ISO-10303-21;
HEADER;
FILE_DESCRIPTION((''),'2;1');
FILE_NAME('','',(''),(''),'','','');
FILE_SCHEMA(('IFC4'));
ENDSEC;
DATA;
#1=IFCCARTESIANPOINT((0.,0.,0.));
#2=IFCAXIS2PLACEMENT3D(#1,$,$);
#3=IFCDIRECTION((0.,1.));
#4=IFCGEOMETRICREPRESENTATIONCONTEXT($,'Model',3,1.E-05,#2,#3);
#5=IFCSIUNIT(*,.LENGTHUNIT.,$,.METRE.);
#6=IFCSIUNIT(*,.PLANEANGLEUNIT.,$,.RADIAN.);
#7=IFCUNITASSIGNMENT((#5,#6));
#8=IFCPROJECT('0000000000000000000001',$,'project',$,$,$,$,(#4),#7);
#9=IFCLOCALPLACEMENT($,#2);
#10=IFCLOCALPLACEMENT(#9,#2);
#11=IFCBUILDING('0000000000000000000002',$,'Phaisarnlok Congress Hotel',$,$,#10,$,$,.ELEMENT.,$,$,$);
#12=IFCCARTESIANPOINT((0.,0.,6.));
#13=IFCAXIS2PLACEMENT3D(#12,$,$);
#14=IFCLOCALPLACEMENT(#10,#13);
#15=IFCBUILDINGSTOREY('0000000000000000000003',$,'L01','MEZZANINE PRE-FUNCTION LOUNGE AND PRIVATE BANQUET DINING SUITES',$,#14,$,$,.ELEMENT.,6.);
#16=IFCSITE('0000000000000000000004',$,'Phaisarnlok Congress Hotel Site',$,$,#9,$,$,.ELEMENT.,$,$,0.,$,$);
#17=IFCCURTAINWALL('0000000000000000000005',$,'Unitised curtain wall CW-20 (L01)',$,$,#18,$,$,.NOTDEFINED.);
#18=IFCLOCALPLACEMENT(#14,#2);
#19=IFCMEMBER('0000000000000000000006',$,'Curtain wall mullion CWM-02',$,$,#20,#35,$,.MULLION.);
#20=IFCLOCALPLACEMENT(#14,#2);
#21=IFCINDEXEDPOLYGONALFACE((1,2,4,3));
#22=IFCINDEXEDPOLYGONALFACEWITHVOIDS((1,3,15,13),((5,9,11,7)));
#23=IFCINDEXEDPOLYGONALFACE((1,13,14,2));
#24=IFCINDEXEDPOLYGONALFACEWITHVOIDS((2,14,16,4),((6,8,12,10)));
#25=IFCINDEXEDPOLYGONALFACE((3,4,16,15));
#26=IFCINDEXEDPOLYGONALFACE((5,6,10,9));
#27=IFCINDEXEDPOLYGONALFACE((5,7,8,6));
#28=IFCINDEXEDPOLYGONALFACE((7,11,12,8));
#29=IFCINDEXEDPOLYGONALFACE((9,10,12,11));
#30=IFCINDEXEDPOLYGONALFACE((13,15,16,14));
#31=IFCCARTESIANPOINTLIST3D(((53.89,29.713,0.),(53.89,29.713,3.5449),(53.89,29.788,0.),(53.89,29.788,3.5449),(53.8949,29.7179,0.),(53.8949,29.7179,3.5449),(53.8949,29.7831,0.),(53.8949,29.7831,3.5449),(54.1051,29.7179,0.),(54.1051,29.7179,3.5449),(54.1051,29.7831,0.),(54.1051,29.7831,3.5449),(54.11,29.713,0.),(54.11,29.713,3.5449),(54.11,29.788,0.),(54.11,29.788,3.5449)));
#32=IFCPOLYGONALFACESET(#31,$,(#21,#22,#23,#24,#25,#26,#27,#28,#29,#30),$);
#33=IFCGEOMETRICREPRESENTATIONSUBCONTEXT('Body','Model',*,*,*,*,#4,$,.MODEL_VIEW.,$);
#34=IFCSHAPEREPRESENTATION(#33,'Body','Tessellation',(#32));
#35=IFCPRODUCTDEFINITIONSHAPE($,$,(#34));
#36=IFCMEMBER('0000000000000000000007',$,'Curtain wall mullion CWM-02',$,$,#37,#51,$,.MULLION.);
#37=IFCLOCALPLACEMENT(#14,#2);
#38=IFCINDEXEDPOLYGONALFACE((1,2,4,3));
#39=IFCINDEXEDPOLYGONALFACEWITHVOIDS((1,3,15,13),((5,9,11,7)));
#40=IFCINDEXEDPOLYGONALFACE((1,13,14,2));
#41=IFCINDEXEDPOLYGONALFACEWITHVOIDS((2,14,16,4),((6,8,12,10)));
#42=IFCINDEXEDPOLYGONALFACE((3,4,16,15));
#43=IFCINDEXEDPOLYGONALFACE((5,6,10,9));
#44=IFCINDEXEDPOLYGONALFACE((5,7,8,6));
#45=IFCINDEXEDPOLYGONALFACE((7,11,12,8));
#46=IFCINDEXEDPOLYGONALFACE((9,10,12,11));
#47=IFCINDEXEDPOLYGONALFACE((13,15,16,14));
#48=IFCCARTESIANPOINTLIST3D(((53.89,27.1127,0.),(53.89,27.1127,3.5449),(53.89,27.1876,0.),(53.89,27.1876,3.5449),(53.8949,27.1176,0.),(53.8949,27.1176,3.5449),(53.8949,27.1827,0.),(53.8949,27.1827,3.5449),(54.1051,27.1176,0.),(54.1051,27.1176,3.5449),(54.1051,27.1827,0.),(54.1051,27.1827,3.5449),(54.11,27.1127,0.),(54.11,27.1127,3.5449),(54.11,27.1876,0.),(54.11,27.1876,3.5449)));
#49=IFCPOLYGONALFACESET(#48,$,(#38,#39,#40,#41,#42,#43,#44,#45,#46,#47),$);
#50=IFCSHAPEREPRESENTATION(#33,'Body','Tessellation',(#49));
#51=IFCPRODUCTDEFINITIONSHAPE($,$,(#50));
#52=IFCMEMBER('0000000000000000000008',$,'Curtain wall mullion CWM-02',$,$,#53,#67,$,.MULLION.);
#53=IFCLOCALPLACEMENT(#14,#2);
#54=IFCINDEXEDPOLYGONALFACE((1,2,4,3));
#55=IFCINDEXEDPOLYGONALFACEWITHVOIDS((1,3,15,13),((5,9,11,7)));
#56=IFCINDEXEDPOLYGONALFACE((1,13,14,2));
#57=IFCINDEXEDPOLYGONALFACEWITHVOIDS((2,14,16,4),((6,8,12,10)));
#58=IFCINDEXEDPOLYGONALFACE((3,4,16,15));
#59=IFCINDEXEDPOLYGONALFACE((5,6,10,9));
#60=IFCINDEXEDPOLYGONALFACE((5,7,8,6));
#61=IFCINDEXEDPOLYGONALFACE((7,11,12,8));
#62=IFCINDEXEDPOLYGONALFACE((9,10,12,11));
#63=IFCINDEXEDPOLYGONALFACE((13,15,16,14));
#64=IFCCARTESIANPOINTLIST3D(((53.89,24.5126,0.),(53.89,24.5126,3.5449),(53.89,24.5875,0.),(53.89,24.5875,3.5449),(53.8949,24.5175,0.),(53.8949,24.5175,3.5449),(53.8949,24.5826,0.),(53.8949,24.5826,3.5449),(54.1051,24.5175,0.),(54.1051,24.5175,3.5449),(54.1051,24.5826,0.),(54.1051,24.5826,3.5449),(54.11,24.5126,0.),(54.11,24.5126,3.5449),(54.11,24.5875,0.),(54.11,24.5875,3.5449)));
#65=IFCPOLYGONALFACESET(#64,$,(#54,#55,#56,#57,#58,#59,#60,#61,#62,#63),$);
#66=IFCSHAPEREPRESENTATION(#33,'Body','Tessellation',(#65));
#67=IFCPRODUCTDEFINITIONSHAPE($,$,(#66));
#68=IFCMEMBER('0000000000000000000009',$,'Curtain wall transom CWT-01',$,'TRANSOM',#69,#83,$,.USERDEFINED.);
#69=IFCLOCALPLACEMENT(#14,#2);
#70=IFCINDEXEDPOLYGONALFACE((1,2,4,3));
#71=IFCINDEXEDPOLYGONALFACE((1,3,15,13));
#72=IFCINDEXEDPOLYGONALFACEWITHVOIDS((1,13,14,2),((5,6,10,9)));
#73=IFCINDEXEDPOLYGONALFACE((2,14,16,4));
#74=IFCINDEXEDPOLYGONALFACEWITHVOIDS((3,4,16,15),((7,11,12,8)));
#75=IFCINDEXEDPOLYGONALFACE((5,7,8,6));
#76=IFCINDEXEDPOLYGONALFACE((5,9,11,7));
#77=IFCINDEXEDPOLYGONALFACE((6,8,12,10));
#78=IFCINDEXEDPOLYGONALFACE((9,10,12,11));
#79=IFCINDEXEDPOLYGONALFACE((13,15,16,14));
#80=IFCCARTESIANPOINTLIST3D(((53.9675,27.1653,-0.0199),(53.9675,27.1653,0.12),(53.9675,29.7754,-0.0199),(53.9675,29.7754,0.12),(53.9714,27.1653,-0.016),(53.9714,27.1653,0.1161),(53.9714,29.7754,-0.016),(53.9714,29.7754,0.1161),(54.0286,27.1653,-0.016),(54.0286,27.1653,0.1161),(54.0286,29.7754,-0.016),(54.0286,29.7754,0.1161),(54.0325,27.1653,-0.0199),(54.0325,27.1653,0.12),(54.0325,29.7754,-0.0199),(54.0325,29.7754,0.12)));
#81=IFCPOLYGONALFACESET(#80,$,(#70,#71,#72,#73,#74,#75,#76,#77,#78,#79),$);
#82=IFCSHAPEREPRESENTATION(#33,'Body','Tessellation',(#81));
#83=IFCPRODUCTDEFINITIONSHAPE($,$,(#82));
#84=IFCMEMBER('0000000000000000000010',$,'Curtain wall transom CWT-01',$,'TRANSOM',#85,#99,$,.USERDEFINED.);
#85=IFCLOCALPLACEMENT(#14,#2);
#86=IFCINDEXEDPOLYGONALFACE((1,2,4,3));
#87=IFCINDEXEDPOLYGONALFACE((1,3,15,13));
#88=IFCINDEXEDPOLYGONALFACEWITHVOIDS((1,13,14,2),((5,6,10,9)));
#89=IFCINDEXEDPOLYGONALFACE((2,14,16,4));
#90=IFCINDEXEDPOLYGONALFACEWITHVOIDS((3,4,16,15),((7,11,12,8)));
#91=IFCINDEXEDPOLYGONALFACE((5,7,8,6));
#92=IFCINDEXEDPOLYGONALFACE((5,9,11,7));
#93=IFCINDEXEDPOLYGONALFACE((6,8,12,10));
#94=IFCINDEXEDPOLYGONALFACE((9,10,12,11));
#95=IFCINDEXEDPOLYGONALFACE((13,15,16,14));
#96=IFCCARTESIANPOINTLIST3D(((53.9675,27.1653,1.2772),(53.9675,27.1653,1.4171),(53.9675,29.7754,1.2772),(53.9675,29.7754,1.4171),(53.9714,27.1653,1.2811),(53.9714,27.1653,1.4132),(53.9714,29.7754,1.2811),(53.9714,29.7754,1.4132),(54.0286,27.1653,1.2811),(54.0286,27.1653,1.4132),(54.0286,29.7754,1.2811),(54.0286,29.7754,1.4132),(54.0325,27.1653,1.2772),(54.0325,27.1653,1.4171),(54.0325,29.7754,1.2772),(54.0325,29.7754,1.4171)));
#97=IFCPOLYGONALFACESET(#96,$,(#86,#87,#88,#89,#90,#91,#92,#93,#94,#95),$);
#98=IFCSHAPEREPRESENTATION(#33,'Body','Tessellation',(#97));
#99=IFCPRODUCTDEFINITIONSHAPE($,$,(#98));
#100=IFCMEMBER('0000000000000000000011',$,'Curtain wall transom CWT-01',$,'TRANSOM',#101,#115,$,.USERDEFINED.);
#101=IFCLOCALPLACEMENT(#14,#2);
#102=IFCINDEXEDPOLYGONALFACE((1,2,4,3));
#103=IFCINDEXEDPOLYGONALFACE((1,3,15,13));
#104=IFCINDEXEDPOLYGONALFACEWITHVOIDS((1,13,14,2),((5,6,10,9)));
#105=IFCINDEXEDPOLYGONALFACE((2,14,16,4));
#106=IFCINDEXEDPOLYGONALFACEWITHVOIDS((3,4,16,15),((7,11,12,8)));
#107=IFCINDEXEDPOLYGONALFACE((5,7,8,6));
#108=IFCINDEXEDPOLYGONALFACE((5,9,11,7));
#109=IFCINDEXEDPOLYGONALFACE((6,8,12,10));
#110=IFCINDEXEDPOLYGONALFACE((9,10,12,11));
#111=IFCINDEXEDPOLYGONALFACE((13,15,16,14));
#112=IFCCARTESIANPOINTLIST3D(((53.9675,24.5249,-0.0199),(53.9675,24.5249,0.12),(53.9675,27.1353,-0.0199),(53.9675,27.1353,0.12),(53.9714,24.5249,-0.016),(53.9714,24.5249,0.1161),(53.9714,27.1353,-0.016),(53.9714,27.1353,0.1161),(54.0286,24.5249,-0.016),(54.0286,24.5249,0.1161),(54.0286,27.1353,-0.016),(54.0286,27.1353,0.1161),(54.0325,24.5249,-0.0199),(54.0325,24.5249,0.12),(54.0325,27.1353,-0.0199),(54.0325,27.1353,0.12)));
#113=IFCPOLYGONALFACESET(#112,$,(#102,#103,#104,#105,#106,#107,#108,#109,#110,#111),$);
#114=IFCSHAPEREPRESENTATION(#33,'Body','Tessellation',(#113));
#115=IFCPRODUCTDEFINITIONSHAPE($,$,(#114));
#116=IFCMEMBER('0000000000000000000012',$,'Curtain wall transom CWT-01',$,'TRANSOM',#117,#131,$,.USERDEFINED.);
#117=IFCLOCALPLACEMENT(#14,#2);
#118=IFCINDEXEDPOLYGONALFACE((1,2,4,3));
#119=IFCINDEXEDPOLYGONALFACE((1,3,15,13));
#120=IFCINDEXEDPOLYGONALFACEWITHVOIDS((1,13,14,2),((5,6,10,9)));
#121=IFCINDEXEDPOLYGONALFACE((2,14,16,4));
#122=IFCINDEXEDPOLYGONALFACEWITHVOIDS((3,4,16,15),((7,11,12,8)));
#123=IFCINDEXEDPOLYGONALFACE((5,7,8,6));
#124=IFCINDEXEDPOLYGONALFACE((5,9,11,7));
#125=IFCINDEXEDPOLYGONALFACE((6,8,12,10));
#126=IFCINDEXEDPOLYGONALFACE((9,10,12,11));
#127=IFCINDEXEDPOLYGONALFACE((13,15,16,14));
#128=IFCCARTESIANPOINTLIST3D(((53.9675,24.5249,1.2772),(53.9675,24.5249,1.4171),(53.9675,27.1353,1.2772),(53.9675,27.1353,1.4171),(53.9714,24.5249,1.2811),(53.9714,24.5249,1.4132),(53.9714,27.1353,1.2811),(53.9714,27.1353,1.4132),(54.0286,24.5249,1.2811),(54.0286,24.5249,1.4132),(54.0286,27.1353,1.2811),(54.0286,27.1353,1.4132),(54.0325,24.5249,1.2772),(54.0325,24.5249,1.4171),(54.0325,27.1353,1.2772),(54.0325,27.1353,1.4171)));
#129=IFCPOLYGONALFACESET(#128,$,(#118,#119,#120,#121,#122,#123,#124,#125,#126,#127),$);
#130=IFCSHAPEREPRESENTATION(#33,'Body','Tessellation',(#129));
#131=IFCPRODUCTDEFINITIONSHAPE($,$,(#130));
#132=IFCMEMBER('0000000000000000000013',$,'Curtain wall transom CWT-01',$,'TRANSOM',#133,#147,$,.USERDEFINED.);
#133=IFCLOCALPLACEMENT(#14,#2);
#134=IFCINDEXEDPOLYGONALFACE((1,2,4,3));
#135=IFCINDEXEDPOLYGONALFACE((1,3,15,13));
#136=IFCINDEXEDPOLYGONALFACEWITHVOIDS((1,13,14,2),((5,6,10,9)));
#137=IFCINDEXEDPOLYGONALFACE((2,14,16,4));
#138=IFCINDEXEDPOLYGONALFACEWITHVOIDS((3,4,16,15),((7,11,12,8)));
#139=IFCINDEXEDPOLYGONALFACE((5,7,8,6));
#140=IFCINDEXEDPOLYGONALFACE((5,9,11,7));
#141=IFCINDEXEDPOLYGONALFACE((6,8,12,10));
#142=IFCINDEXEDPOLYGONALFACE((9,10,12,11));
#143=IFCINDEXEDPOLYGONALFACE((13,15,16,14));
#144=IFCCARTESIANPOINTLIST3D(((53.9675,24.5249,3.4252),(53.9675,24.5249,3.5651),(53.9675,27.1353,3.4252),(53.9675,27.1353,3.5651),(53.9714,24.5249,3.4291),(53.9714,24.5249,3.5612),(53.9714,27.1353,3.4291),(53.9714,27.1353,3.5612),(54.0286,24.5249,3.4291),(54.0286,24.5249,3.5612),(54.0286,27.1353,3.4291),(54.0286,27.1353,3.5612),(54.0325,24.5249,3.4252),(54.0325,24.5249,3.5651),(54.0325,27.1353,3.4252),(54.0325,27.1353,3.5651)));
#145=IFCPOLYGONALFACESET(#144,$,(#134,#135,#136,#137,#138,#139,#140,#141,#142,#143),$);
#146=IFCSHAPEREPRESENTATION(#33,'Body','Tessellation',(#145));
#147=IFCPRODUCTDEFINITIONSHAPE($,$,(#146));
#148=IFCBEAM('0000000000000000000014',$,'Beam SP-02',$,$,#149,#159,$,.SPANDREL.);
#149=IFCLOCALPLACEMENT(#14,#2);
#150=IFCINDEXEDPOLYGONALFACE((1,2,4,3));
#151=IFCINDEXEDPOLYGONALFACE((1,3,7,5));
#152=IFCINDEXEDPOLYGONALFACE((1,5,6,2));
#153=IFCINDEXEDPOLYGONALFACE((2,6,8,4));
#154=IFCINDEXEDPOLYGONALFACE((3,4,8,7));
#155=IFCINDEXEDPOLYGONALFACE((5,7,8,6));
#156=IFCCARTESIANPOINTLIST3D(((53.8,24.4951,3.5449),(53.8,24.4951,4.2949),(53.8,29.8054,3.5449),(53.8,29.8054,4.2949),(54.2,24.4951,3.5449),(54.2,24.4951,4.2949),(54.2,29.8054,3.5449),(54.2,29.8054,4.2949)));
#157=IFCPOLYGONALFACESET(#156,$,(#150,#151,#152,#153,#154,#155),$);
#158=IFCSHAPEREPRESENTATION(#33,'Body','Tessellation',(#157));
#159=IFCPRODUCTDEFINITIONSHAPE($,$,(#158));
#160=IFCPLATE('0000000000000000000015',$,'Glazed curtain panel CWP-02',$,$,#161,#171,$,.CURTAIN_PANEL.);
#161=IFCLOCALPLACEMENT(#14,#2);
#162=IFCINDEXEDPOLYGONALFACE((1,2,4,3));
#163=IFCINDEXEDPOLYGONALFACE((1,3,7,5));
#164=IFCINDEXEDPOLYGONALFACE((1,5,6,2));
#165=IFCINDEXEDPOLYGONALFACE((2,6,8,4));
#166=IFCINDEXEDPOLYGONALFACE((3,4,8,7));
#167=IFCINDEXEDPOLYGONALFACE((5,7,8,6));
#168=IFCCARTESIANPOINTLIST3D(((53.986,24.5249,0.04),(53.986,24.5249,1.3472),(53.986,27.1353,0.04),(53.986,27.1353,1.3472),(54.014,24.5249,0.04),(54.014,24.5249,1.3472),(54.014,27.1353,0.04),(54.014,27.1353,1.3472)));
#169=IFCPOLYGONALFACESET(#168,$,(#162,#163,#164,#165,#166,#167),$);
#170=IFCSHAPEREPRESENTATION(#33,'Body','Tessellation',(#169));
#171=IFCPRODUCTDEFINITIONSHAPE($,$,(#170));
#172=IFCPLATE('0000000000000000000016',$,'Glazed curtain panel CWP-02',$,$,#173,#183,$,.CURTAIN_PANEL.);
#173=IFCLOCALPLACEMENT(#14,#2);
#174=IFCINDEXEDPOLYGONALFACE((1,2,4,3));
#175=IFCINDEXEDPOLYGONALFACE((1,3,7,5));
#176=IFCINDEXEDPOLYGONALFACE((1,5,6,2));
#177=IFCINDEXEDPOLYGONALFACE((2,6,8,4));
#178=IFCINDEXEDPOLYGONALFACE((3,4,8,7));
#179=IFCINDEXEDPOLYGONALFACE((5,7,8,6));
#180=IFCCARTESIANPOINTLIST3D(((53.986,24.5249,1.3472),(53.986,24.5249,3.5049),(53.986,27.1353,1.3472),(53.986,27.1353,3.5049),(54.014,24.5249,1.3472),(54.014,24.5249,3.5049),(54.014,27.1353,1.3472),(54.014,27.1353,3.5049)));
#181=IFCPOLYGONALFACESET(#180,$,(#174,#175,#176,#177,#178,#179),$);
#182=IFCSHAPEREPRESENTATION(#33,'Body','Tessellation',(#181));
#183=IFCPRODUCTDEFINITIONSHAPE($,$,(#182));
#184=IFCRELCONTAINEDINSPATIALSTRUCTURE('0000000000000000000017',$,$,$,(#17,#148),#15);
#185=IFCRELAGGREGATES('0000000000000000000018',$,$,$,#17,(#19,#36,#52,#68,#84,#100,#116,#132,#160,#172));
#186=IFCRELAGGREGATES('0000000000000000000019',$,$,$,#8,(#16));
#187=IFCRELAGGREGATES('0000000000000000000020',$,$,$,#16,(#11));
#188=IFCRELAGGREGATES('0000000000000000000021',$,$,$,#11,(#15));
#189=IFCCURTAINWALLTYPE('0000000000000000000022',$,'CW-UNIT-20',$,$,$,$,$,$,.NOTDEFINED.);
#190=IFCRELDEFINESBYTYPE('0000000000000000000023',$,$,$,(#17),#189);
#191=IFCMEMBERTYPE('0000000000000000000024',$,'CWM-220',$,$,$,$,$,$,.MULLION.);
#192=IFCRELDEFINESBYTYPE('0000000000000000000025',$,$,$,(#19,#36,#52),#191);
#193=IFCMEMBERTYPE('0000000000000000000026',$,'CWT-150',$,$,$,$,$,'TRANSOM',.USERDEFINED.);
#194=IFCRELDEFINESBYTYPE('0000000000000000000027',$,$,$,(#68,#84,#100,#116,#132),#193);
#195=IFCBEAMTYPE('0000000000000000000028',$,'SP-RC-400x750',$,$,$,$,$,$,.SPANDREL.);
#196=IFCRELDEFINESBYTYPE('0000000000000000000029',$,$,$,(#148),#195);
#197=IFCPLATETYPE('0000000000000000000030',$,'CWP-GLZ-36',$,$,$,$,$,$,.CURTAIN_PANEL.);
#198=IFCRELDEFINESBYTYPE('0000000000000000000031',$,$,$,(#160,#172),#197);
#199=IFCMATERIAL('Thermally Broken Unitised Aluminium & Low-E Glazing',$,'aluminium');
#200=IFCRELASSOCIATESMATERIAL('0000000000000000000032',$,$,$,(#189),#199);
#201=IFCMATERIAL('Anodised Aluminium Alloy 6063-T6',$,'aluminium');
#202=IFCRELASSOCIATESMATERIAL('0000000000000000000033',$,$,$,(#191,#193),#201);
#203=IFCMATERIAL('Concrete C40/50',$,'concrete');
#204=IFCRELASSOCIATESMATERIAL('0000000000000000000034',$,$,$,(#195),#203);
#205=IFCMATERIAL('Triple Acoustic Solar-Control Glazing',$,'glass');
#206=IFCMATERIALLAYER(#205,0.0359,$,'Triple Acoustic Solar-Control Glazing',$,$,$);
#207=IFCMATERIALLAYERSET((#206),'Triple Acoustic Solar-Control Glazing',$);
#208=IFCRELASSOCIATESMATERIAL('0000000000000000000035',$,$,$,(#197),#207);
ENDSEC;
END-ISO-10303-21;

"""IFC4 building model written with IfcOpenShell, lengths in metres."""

from ifc_helpers import new_model, si_unit, direction, frame, frame_2d, origin, origin_2d, place, context, subcontext, project, spatial, rectangle, hollow_rectangle, extrude, material, layer, layer_set, material_profile, profile_set, type_object, element, aggregate, save


model = new_model("IFC4")

# Units and contexts
model_context = context("Model", 3, precision=1e-05, world=origin(), true_north=direction((0.0, 1.0)))
body_context = subcontext(model_context, "Body", "Model", "MODEL_VIEW")
ifc_project = project(units=[si_unit("LENGTHUNIT", "METRE"), si_unit("PLANEANGLEUNIT", "RADIAN")], contexts=[model_context])

# Site, building, storey
site_placement = place(None, origin())
site = spatial("IfcSite", under=ifc_project, at=site_placement, Name="Phaisarnlok Congress Hotel Site", CompositionType="ELEMENT", RefElevation=0.0)
building_placement = place(site_placement, origin())
building = spatial("IfcBuilding", under=site, at=building_placement, Name="Phaisarnlok Congress Hotel", CompositionType="ELEMENT")
storey_placement = place(building_placement, frame((0.0, 0.0, 6.0)))
storey = spatial("IfcBuildingStorey", under=building, at=storey_placement, Name="L01", Description="MEZZANINE PRE-FUNCTION LOUNGE AND PRIVATE BANQUET DINING SUITES", CompositionType="ELEMENT", Elevation=6.0)

# Curtain wall, members
ifc_material_1 = material(Name="Thermally Broken Unitised Aluminium & Low-E Glazing", Category="aluminium")
curtain_wall_type = type_object("IfcCurtainWallType", Name="CW-UNIT-20", PredefinedType="NOTDEFINED", material=ifc_material_1)
curtain_wall_placement = place(storey_placement, origin())
curtain_wall = element("IfcCurtainWall", 1, at=curtain_wall_placement, inside=storey, type_object=curtain_wall_type, Name="Unitised curtain wall CW-20 (L01)", PredefinedType="NOTDEFINED")
ifc_material_2 = material(Name="Anodised Aluminium Alloy 6063-T6", Category="aluminium")
ifc_material_profile_1 = material_profile(ifc_material_2, hollow_rectangle(XDim=0.075, YDim=0.22, WallThickness=0.0049, at=origin_2d()), Name="ALU-M 75x220x5")
ifc_profile_set_1 = profile_set([ifc_material_profile_1], Name="Anodised Aluminium Alloy 6063-T6")
member_type_1 = type_object("IfcMemberType", Name="CWM-220", PredefinedType="MULLION", material=ifc_profile_set_1)
member_1_placement = place(storey_placement, frame((54.0, 29.7505, 0.0), z_axis=(0.0, 0.0, 1.0), x_axis=(0.0, -1.0, 0.0)))
member_1 = element("IfcMember", 2, at=member_1_placement, type_object=member_type_1, Name="Curtain wall mullion CWM-02", PredefinedType="MULLION", context=body_context, shape_type="SweptSolid", body=[
    extrude(hollow_rectangle(XDim=0.075, YDim=0.22, WallThickness=0.0049, at=origin_2d()), origin(), (0.0, 0.0, 1.0), 3.5449),
])
member_2_placement = place(storey_placement, frame((54.0, 27.1501, 0.0), z_axis=(0.0, 0.0, 1.0), x_axis=(0.0, -1.0, 0.0)))
member_2 = element("IfcMember", 3, at=member_2_placement, type_object=member_type_1, Name="Curtain wall mullion CWM-02", PredefinedType="MULLION", context=body_context, shape_type="SweptSolid", body=[
    extrude(hollow_rectangle(XDim=0.075, YDim=0.22, WallThickness=0.0049, at=origin_2d()), origin(), (0.0, 0.0, 1.0), 3.5449),
])
member_3_placement = place(storey_placement, frame((54.0, 24.55, 0.0), z_axis=(0.0, 0.0, 1.0), x_axis=(0.0, -1.0, 0.0)))
member_3 = element("IfcMember", 4, at=member_3_placement, type_object=member_type_1, Name="Curtain wall mullion CWM-02", PredefinedType="MULLION", context=body_context, shape_type="SweptSolid", body=[
    extrude(hollow_rectangle(XDim=0.075, YDim=0.22, WallThickness=0.0049, at=origin_2d()), origin(), (0.0, 0.0, 1.0), 3.5449),
])
ifc_material_profile_2 = material_profile(ifc_material_2, hollow_rectangle(XDim=0.0649, YDim=0.1399, WallThickness=0.0039, at=origin_2d()), Name="ALU-T 65x140x4")
ifc_profile_set_2 = profile_set([ifc_material_profile_2], Name="Anodised Aluminium Alloy 6063-T6")
member_type_2 = type_object("IfcMemberType", Name="CWT-150", ElementType="TRANSOM", PredefinedType="USERDEFINED", material=ifc_profile_set_2)
member_4_placement = place(storey_placement, frame((54.0, 29.7754, 0.05), z_axis=(0.0, -1.0, 0.0), x_axis=(1.0, 0.0, 0.0)))
member_4 = element("IfcMember", 5, at=member_4_placement, type_object=member_type_2, Name="Curtain wall transom CWT-01", ObjectType="TRANSOM", PredefinedType="USERDEFINED", context=body_context, shape_type="SweptSolid", body=[
    extrude(hollow_rectangle(XDim=0.0649, YDim=0.1399, WallThickness=0.0039, at=origin_2d()), origin(), (0.0, 0.0, 1.0), 2.6101),
])
member_5_placement = place(storey_placement, frame((54.0, 29.7754, 1.3472), z_axis=(0.0, -1.0, 0.0), x_axis=(1.0, 0.0, 0.0)))
member_5 = element("IfcMember", 6, at=member_5_placement, type_object=member_type_2, Name="Curtain wall transom CWT-01", ObjectType="TRANSOM", PredefinedType="USERDEFINED", context=body_context, shape_type="SweptSolid", body=[
    extrude(hollow_rectangle(XDim=0.0649, YDim=0.1399, WallThickness=0.0039, at=origin_2d()), origin(), (0.0, 0.0, 1.0), 2.6101),
])
member_6_placement = place(storey_placement, frame((54.0, 27.1353, 0.05), z_axis=(0.0, -1.0, 0.0), x_axis=(1.0, 0.0, 0.0)))
member_6 = element("IfcMember", 7, at=member_6_placement, type_object=member_type_2, Name="Curtain wall transom CWT-01", ObjectType="TRANSOM", PredefinedType="USERDEFINED", context=body_context, shape_type="SweptSolid", body=[
    extrude(hollow_rectangle(XDim=0.0649, YDim=0.1399, WallThickness=0.0039, at=origin_2d()), origin(), (0.0, 0.0, 1.0), 2.6104),
])
member_7_placement = place(storey_placement, frame((54.0, 27.1353, 1.3472), z_axis=(0.0, -1.0, 0.0), x_axis=(1.0, 0.0, 0.0)))
member_7 = element("IfcMember", 8, at=member_7_placement, type_object=member_type_2, Name="Curtain wall transom CWT-01", ObjectType="TRANSOM", PredefinedType="USERDEFINED", context=body_context, shape_type="SweptSolid", body=[
    extrude(hollow_rectangle(XDim=0.0649, YDim=0.1399, WallThickness=0.0039, at=origin_2d()), origin(), (0.0, 0.0, 1.0), 2.6104),
])
member_8_placement = place(storey_placement, frame((54.0, 27.1353, 3.4951), z_axis=(0.0, -1.0, 0.0), x_axis=(1.0, 0.0, 0.0)))
member_8 = element("IfcMember", 9, at=member_8_placement, type_object=member_type_2, Name="Curtain wall transom CWT-01", ObjectType="TRANSOM", PredefinedType="USERDEFINED", context=body_context, shape_type="SweptSolid", body=[
    extrude(hollow_rectangle(XDim=0.0649, YDim=0.1399, WallThickness=0.0039, at=origin_2d()), origin(), (0.0, 0.0, 1.0), 2.6104),
])

# Beam
ifc_material_3 = material(Name="Concrete C40/50", Category="concrete")
ifc_material_profile_3 = material_profile(ifc_material_3, rectangle(XDim=0.3999, YDim=0.75, at=origin_2d()), Name="RC 400x750")
ifc_profile_set_3 = profile_set([ifc_material_profile_3], Name="Concrete C40/50")
beam_type_1 = type_object("IfcBeamType", Name="SP-RC-400x750", PredefinedType="SPANDREL", material=ifc_profile_set_3)
beam_placement = place(storey_placement, frame((54.0, 24.4951, 3.9199), z_axis=(0.0, 1.0, 0.0), x_axis=(-1.0, 0.0, 0.0)))
element("IfcBeam", 10, at=beam_placement, inside=storey, type_object=beam_type_1, Name="Beam SP-02", PredefinedType="SPANDREL", context=body_context, shape_type="SweptSolid", body=[
    extrude(rectangle(XDim=0.3999, YDim=0.75, at=origin_2d()), origin(), (0.0, 0.0, 1.0), 5.3103),
])

# Plates
ifc_material_4 = material(Name="Triple Acoustic Solar-Control Glazing", Category="glass")
ifc_layer_1 = layer(ifc_material_4, 0.0359, Name="Triple Acoustic Solar-Control Glazing")
ifc_layer_set_1 = layer_set([ifc_layer_1], Name="Triple Acoustic Solar-Control Glazing")
plate_type = type_object("IfcPlateType", Name="CWP-GLZ-36", PredefinedType="CURTAIN_PANEL", material=ifc_layer_set_1)
plate_1_placement = place(storey_placement, frame((54.0, 27.1353, 0.04), z_axis=(0.0, 0.0, 1.0), x_axis=(0.0, -1.0, 0.0)))
plate_1 = element("IfcPlate", 11, at=plate_1_placement, type_object=plate_type, Name="Glazed curtain panel CWP-02", PredefinedType="CURTAIN_PANEL", context=body_context, shape_type="SweptSolid", body=[
    extrude(rectangle(XDim=2.6104, YDim=0.0281, at=frame_2d((1.3052, 0.0))), origin(), (0.0, 0.0, 1.0), 1.3071),
])
plate_2_placement = place(storey_placement, frame((54.0, 27.1353, 1.3472), z_axis=(0.0, 0.0, 1.0), x_axis=(0.0, -1.0, 0.0)))
plate_2 = element("IfcPlate", 12, at=plate_2_placement, type_object=plate_type, Name="Glazed curtain panel CWP-02", PredefinedType="CURTAIN_PANEL", context=body_context, shape_type="SweptSolid", body=[
    extrude(rectangle(XDim=2.6104, YDim=0.0281, at=frame_2d((1.3052, 0.0))), origin(), (0.0, 0.0, 1.0), 2.1577),
])
aggregate(curtain_wall, [member_1, member_2, member_3, member_4, member_5, member_6, member_7, member_8, plate_1, plate_2])

save(model, "model.ifc")
